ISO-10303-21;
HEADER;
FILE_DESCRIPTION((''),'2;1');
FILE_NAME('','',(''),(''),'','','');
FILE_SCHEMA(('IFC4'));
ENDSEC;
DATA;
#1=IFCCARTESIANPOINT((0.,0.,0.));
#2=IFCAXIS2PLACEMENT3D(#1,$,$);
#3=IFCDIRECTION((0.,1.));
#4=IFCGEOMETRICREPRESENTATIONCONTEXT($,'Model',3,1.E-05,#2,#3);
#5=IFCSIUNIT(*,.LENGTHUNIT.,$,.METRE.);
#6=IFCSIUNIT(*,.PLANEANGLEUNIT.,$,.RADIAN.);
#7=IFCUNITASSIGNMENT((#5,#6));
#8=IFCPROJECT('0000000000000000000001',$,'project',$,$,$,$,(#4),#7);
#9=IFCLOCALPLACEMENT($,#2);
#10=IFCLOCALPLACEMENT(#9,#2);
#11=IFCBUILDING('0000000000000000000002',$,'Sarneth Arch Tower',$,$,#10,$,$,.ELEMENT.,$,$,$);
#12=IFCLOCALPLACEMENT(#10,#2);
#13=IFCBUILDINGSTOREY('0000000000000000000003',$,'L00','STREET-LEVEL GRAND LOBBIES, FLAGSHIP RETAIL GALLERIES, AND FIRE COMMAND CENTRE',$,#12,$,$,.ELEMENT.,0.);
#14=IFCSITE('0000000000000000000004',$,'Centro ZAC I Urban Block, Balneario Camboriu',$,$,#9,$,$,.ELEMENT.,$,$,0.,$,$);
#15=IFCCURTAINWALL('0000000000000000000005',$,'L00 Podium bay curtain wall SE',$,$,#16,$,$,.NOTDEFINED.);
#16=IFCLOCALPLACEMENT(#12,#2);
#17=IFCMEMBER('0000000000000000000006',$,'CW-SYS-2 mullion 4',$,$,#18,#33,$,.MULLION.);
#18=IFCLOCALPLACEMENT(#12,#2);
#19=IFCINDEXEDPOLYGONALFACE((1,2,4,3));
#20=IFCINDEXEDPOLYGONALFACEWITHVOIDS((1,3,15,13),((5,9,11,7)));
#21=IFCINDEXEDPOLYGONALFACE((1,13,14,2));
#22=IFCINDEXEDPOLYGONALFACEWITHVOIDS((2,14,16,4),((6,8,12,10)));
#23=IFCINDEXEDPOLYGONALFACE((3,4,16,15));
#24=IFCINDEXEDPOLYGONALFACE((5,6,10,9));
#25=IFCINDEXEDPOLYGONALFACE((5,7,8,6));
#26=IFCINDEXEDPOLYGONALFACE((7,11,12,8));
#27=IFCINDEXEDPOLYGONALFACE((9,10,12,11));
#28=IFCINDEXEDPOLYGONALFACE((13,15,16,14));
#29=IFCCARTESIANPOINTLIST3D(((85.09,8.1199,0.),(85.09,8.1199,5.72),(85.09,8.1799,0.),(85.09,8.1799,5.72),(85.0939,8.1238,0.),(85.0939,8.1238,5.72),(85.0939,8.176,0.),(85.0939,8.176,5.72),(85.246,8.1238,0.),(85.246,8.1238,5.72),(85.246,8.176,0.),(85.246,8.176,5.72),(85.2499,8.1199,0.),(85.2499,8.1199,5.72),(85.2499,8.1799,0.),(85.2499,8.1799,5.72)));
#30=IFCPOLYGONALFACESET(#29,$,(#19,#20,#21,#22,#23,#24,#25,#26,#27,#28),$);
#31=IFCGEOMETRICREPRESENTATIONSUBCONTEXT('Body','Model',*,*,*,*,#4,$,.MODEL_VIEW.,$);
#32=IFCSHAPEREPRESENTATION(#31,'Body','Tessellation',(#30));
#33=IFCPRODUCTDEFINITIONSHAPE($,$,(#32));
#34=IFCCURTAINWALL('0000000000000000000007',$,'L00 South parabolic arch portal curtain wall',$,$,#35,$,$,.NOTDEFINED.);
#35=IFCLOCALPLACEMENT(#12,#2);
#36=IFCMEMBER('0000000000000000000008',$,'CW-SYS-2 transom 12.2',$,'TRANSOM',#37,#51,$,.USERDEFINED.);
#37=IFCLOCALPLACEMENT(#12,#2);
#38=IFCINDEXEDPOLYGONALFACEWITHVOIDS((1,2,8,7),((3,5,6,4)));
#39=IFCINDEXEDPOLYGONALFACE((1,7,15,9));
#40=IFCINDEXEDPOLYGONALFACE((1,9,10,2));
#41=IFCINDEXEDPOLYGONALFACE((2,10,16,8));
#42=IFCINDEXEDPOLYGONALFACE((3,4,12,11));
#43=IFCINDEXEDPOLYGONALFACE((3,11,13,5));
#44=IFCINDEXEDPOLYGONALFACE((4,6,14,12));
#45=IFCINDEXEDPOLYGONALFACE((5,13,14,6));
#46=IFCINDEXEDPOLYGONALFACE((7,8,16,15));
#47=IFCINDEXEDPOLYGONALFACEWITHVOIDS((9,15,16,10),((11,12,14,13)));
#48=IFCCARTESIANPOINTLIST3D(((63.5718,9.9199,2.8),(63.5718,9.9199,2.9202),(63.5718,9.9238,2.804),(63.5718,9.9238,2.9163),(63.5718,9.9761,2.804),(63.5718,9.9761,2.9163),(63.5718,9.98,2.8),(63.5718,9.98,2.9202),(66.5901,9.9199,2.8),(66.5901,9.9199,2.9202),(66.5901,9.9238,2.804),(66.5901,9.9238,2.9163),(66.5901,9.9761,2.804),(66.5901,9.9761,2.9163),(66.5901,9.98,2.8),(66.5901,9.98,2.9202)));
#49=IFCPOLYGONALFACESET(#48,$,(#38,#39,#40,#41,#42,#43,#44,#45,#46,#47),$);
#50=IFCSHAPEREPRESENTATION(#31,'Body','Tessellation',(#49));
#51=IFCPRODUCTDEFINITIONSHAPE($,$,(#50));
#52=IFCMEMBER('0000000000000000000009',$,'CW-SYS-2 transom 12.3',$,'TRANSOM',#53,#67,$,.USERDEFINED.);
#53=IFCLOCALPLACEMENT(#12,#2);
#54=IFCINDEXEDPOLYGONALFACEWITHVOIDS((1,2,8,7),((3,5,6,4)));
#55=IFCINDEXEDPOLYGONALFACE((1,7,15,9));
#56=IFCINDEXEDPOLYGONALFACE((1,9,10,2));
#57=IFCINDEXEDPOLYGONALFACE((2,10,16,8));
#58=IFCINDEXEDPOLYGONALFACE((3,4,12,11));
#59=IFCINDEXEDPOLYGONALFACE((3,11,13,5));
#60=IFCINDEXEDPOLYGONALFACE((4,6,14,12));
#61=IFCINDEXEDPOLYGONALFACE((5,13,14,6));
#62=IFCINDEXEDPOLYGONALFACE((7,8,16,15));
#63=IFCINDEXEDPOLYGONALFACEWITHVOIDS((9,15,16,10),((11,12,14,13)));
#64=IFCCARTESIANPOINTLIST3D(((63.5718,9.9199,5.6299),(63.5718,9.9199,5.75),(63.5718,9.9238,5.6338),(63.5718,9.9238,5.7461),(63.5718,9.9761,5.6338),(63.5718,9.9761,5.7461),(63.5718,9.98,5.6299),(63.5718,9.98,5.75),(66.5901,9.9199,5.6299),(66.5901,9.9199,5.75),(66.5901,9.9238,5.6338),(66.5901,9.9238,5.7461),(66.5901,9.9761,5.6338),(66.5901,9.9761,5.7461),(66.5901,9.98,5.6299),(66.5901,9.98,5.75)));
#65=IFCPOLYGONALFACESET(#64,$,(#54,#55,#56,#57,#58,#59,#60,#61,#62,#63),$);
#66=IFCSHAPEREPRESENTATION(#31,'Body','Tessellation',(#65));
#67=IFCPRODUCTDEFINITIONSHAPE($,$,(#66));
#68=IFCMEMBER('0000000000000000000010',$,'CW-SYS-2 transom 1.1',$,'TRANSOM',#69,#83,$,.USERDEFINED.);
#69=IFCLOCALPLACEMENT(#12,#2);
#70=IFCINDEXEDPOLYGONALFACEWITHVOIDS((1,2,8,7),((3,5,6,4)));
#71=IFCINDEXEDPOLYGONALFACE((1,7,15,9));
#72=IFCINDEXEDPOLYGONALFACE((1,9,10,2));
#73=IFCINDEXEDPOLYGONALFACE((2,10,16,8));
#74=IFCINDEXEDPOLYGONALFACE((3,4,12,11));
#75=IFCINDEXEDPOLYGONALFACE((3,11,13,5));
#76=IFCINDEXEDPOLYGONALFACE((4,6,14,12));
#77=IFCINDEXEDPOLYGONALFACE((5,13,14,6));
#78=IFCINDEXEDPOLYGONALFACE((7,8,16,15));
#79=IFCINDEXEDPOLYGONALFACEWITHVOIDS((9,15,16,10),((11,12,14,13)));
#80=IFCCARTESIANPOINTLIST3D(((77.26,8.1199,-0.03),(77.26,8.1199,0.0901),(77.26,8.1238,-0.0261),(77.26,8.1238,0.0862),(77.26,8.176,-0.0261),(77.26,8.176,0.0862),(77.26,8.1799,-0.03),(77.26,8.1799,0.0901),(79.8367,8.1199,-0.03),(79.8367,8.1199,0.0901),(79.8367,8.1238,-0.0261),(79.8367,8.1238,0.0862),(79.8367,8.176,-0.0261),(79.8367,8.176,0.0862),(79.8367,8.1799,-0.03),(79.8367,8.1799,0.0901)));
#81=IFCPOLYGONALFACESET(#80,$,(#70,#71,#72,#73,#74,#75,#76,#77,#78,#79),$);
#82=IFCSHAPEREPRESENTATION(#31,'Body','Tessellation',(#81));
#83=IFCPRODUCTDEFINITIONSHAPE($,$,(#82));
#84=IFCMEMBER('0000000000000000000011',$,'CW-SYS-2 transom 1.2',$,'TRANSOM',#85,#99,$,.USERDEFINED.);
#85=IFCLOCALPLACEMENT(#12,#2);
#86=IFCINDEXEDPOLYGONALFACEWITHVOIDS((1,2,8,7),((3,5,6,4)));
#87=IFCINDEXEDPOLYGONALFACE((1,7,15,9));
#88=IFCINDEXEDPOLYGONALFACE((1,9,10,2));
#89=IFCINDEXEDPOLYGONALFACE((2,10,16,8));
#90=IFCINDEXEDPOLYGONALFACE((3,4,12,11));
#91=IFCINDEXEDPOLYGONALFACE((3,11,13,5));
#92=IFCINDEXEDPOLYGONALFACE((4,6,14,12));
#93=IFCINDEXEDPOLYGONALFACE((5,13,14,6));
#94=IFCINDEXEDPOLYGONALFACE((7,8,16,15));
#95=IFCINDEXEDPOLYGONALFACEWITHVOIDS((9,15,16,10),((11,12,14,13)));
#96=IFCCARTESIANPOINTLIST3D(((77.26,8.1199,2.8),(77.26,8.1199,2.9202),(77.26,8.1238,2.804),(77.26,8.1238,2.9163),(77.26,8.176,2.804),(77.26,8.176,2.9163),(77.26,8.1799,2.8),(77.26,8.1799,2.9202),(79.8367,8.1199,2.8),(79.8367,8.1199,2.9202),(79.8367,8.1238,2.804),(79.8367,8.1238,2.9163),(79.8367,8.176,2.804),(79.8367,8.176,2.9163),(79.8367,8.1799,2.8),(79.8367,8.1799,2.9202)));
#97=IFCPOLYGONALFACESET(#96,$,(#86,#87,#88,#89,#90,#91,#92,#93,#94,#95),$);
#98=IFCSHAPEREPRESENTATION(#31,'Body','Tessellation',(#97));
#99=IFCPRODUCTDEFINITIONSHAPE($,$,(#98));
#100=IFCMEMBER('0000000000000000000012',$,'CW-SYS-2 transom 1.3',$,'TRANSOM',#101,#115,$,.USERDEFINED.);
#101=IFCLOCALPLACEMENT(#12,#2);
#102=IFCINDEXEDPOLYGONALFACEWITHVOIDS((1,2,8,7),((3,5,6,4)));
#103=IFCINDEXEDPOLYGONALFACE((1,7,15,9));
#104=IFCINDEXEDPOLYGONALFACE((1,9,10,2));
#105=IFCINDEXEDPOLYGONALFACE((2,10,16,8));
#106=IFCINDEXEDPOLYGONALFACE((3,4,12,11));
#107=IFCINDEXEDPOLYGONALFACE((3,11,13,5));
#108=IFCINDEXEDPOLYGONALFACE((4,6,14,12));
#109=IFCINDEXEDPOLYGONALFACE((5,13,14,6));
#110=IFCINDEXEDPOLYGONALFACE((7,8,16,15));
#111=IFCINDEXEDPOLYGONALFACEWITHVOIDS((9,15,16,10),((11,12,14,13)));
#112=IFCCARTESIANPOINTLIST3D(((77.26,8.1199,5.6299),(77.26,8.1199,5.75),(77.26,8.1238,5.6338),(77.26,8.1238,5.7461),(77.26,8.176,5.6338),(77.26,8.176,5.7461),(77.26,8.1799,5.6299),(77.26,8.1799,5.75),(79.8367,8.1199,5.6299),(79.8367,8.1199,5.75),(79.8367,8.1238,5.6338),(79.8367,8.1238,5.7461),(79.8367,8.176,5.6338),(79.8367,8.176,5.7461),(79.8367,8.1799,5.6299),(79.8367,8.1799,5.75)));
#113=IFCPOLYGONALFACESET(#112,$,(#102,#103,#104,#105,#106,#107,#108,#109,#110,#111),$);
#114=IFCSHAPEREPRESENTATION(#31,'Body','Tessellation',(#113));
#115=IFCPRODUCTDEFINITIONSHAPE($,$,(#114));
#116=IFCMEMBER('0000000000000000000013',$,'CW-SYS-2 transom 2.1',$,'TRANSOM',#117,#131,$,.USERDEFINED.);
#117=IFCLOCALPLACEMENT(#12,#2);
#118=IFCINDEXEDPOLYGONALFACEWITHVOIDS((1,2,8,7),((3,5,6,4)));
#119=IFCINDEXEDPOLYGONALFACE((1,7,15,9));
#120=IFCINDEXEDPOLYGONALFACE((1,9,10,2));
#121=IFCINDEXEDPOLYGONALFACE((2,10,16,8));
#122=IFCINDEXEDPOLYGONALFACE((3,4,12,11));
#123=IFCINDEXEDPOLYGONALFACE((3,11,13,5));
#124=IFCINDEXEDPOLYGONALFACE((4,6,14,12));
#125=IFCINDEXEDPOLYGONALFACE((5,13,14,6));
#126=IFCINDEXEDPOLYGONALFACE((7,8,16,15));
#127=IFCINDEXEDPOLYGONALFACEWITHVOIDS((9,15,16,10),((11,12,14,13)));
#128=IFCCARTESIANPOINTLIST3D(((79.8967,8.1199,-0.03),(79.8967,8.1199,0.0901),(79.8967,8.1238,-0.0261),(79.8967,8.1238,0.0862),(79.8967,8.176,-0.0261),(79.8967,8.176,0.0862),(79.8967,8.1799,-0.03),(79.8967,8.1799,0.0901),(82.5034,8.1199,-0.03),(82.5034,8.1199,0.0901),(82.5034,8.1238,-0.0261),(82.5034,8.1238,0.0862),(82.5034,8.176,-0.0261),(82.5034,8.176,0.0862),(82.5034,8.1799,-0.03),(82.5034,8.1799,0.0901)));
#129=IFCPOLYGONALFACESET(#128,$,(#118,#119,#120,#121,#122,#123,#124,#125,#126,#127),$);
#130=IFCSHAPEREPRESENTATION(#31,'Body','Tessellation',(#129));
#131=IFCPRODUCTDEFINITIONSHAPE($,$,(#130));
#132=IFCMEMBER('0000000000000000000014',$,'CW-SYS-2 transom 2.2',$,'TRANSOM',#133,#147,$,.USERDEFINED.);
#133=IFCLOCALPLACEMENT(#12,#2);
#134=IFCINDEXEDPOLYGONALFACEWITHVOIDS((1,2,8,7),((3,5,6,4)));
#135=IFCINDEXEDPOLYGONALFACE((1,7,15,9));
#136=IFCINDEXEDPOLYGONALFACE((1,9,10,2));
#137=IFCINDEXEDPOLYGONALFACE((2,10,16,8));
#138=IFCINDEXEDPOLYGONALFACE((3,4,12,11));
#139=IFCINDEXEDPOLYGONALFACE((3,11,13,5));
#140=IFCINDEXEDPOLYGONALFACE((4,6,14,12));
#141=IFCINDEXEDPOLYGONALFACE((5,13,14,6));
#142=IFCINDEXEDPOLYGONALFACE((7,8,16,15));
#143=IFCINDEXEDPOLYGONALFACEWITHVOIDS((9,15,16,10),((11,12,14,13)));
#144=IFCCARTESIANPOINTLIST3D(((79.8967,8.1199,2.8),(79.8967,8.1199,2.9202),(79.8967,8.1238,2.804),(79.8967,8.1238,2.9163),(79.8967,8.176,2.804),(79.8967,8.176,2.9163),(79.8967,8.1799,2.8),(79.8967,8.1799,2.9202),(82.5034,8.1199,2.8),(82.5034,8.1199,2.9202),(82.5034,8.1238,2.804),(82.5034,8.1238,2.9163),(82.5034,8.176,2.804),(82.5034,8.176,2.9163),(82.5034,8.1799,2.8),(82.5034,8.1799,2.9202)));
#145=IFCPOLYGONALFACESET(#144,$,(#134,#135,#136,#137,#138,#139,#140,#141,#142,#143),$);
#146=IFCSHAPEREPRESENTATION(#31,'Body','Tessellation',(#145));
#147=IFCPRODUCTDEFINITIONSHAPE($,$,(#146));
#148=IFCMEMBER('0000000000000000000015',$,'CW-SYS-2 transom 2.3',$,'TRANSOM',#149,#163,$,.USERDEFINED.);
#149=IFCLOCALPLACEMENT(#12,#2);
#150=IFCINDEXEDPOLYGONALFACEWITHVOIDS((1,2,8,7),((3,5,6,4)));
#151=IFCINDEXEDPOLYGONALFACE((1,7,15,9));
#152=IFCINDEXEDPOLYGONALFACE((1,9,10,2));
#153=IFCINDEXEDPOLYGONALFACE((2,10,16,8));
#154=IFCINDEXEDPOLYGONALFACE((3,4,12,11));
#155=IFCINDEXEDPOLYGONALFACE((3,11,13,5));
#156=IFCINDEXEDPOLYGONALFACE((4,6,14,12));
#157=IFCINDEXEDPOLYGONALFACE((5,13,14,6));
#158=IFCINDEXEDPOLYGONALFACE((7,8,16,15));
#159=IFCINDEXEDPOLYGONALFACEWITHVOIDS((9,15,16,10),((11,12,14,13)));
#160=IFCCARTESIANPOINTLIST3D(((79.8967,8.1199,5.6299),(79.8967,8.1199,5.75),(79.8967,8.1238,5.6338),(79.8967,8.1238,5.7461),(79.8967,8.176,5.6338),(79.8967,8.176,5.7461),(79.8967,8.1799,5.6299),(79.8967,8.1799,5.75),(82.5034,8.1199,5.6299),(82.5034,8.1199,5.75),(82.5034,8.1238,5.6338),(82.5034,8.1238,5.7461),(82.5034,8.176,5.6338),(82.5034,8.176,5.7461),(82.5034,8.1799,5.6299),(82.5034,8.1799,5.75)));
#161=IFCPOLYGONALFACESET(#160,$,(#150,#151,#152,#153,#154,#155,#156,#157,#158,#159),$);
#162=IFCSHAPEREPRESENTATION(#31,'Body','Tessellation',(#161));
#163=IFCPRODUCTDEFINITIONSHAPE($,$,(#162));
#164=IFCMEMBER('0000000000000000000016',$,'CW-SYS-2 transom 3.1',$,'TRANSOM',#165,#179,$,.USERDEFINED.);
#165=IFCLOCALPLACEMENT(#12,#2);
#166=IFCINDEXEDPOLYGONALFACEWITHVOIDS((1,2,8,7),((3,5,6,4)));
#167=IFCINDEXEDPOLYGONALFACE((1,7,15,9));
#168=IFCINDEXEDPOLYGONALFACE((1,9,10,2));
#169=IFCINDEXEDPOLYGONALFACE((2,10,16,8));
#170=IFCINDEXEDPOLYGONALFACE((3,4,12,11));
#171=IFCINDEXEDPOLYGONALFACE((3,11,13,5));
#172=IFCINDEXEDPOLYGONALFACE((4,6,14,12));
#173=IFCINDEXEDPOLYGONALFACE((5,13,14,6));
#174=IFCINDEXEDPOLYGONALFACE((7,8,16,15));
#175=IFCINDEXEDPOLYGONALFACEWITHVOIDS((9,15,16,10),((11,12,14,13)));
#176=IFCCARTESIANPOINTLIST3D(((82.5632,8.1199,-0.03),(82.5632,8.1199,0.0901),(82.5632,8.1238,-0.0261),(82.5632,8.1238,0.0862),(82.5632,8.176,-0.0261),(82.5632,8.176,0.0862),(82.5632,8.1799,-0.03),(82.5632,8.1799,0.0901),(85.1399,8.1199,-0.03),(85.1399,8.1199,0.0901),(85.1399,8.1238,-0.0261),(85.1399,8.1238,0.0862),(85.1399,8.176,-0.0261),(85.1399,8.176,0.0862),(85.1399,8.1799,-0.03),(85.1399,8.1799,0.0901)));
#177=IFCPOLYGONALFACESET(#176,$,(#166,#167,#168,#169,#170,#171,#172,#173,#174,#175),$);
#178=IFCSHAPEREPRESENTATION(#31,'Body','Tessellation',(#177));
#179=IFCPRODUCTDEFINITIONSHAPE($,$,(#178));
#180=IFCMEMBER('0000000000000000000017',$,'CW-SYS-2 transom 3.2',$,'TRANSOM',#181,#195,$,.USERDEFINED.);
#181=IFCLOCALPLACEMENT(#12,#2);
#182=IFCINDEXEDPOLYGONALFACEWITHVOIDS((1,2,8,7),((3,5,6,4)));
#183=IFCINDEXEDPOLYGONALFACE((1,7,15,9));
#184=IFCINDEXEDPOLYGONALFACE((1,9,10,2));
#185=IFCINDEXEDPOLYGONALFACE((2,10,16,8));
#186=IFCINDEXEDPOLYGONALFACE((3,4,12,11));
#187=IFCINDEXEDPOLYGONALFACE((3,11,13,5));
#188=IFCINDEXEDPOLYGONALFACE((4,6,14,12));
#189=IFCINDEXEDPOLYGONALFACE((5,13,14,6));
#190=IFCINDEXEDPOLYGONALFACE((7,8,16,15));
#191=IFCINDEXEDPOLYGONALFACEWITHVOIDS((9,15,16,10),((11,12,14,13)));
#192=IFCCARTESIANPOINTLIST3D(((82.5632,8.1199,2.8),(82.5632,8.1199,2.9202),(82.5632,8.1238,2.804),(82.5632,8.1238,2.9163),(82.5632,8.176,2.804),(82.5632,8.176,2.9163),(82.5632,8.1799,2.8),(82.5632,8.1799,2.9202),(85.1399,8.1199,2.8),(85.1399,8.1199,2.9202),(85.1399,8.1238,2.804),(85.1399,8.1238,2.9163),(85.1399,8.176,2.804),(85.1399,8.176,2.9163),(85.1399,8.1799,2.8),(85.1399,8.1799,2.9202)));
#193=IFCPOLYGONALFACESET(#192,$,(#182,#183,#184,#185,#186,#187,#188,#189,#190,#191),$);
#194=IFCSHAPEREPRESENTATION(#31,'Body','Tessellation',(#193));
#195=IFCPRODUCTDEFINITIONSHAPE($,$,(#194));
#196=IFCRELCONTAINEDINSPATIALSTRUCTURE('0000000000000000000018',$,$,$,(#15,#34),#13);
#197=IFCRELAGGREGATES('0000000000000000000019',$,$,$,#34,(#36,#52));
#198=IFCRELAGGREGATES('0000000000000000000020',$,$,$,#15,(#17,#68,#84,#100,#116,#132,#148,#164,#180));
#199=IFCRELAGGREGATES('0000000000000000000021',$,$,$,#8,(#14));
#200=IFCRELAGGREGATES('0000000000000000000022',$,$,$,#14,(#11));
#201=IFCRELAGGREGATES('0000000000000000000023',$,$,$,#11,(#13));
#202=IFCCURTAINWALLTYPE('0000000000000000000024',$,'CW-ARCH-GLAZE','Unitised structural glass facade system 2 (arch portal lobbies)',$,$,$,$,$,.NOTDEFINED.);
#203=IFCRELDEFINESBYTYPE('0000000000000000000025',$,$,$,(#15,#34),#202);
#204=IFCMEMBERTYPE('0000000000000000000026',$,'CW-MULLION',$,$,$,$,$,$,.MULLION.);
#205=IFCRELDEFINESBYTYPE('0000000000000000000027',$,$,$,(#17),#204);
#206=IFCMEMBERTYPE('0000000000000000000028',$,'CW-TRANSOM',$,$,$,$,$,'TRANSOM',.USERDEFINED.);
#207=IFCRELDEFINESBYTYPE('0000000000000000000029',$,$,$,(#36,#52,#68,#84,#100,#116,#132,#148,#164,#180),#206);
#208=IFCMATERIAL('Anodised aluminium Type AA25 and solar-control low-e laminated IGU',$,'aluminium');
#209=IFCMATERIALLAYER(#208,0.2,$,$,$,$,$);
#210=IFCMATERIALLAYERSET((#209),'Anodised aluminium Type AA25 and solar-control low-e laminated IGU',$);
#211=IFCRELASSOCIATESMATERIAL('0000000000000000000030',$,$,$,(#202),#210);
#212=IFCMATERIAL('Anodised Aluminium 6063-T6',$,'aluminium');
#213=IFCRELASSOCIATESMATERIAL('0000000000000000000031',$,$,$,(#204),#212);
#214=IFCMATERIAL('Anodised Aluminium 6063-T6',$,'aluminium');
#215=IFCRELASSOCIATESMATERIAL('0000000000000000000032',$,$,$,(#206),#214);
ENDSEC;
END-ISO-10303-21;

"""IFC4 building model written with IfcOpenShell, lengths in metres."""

from ifc_helpers import new_model, si_unit, direction, frame, origin, origin_2d, place, context, subcontext, project, spatial, hollow_rectangle, extrude, material, layer, layer_set, material_profile, profile_set, type_object, element, aggregate, save


model = new_model("IFC4")

# Units and contexts
model_context = context("Model", 3, precision=1e-05, world=origin(), true_north=direction((0.0, 1.0)))
body_context = subcontext(model_context, "Body", "Model", "MODEL_VIEW")
ifc_project = project(units=[si_unit("LENGTHUNIT", "METRE"), si_unit("PLANEANGLEUNIT", "RADIAN")], contexts=[model_context])

# Site, building, storey
site_placement = place(None, origin())
site = spatial("IfcSite", under=ifc_project, at=site_placement, Name="Centro ZAC I Urban Block, Balneario Camboriu", CompositionType="ELEMENT", RefElevation=0.0)
building_placement = place(site_placement, origin())
building = spatial("IfcBuilding", under=site, at=building_placement, Name="Sarneth Arch Tower", CompositionType="ELEMENT")
storey_placement = place(building_placement, origin())
storey = spatial("IfcBuildingStorey", under=building, at=storey_placement, Name="L00", Description="STREET-LEVEL GRAND LOBBIES, FLAGSHIP RETAIL GALLERIES, AND FIRE COMMAND CENTRE", CompositionType="ELEMENT", Elevation=0.0)

# Curtain walls, members
ifc_material_1 = material(Name="Anodised aluminium Type AA25 and solar-control low-e laminated IGU", Category="aluminium")
ifc_layer_1 = layer(ifc_material_1, 0.2)
ifc_layer_set_1 = layer_set([ifc_layer_1], Name="Anodised aluminium Type AA25 and solar-control low-e laminated IGU")
curtain_wall_type = type_object("IfcCurtainWallType", Name="CW-ARCH-GLAZE", Description="Unitised structural glass facade system 2 (arch portal lobbies)", PredefinedType="NOTDEFINED", material=ifc_layer_set_1)
curtain_wall_1_placement = place(storey_placement, origin())
curtain_wall_1 = element("IfcCurtainWall", 1, at=curtain_wall_1_placement, inside=storey, type_object=curtain_wall_type, Name="L00 Podium bay curtain wall SE", PredefinedType="NOTDEFINED")
ifc_material_2 = material(Name="Anodised Aluminium 6063-T6", Category="aluminium")
ifc_material_profile_1 = material_profile(ifc_material_2, hollow_rectangle(XDim=0.0601, YDim=0.1599, WallThickness=0.0039, at=origin_2d()), Name="AL-MULL-160x60x4")
ifc_profile_set_1 = profile_set([ifc_material_profile_1], Name="Anodised Aluminium 6063-T6")
member_type_1 = type_object("IfcMemberType", Name="CW-MULLION", PredefinedType="MULLION", material=ifc_profile_set_1)
member_1_placement = place(storey_placement, frame((85.1699, 8.1499, 0.0), z_axis=(0.0, 0.0, 1.0), x_axis=(0.0, 1.0, 0.0)))
member_1 = element("IfcMember", 2, at=member_1_placement, type_object=member_type_1, Name="CW-SYS-2 mullion 4", PredefinedType="MULLION", context=body_context, shape_type="SweptSolid", body=[
    extrude(hollow_rectangle(XDim=0.0601, YDim=0.1599, WallThickness=0.0039, at=origin_2d()), origin(), (0.0, 0.0, 1.0), 5.72),
])
curtain_wall_2_placement = place(storey_placement, origin())
curtain_wall_2 = element("IfcCurtainWall", 3, at=curtain_wall_2_placement, inside=storey, type_object=curtain_wall_type, Name="L00 South parabolic arch portal curtain wall", PredefinedType="NOTDEFINED")
ifc_material_3 = material(Name="Anodised Aluminium 6063-T6", Category="aluminium")
ifc_material_profile_2 = material_profile(ifc_material_3, hollow_rectangle(XDim=0.0601, YDim=0.1201, WallThickness=0.0039, at=origin_2d()), Name="AL-TRAN-120x60x4")
ifc_profile_set_2 = profile_set([ifc_material_profile_2], Name="Anodised Aluminium 6063-T6")
member_type_2 = type_object("IfcMemberType", Name="CW-TRANSOM", ElementType="TRANSOM", PredefinedType="USERDEFINED", material=ifc_profile_set_2)
member_2_placement = place(storey_placement, frame((63.5718, 9.95, 2.8601), z_axis=(1.0, 0.0, 0.0), x_axis=(0.0, 1.0, 0.0)))
member_2 = element("IfcMember", 4, at=member_2_placement, type_object=member_type_2, Name="CW-SYS-2 transom 12.2", ObjectType="TRANSOM", PredefinedType="USERDEFINED", context=body_context, shape_type="SweptSolid", body=[
    extrude(hollow_rectangle(XDim=0.0601, YDim=0.1201, WallThickness=0.0039, at=origin_2d()), origin(), (0.0, 0.0, 1.0), 3.0183),
])
member_3_placement = place(storey_placement, frame((63.5718, 9.95, 5.6899), z_axis=(1.0, 0.0, 0.0), x_axis=(0.0, 1.0, 0.0)))
member_3 = element("IfcMember", 5, at=member_3_placement, type_object=member_type_2, Name="CW-SYS-2 transom 12.3", ObjectType="TRANSOM", PredefinedType="USERDEFINED", context=body_context, shape_type="SweptSolid", body=[
    extrude(hollow_rectangle(XDim=0.0601, YDim=0.1201, WallThickness=0.0039, at=origin_2d()), origin(), (0.0, 0.0, 1.0), 3.0183),
])

# Members
member_4_placement = place(storey_placement, frame((77.26, 8.1499, 0.03), z_axis=(1.0, 0.0, 0.0), x_axis=(0.0, 1.0, 0.0)))
member_4 = element("IfcMember", 6, at=member_4_placement, type_object=member_type_2, Name="CW-SYS-2 transom 1.1", ObjectType="TRANSOM", PredefinedType="USERDEFINED", context=body_context, shape_type="SweptSolid", body=[
    extrude(hollow_rectangle(XDim=0.0601, YDim=0.1201, WallThickness=0.0039, at=origin_2d()), origin(), (0.0, 0.0, 1.0), 2.5767),
])
member_5_placement = place(storey_placement, frame((77.26, 8.1499, 2.8601), z_axis=(1.0, 0.0, 0.0), x_axis=(0.0, 1.0, 0.0)))
member_5 = element("IfcMember", 7, at=member_5_placement, type_object=member_type_2, Name="CW-SYS-2 transom 1.2", ObjectType="TRANSOM", PredefinedType="USERDEFINED", context=body_context, shape_type="SweptSolid", body=[
    extrude(hollow_rectangle(XDim=0.0601, YDim=0.1201, WallThickness=0.0039, at=origin_2d()), origin(), (0.0, 0.0, 1.0), 2.5767),
])
member_6_placement = place(storey_placement, frame((77.26, 8.1499, 5.6899), z_axis=(1.0, 0.0, 0.0), x_axis=(0.0, 1.0, 0.0)))
member_6 = element("IfcMember", 8, at=member_6_placement, type_object=member_type_2, Name="CW-SYS-2 transom 1.3", ObjectType="TRANSOM", PredefinedType="USERDEFINED", context=body_context, shape_type="SweptSolid", body=[
    extrude(hollow_rectangle(XDim=0.0601, YDim=0.1201, WallThickness=0.0039, at=origin_2d()), origin(), (0.0, 0.0, 1.0), 2.5767),
])
member_7_placement = place(storey_placement, frame((79.8967, 8.1499, 0.03), z_axis=(1.0, 0.0, 0.0), x_axis=(0.0, 1.0, 0.0)))
member_7 = element("IfcMember", 9, at=member_7_placement, type_object=member_type_2, Name="CW-SYS-2 transom 2.1", ObjectType="TRANSOM", PredefinedType="USERDEFINED", context=body_context, shape_type="SweptSolid", body=[
    extrude(hollow_rectangle(XDim=0.0601, YDim=0.1201, WallThickness=0.0039, at=origin_2d()), origin(), (0.0, 0.0, 1.0), 2.6067),
])
member_8_placement = place(storey_placement, frame((79.8967, 8.1499, 2.8601), z_axis=(1.0, 0.0, 0.0), x_axis=(0.0, 1.0, 0.0)))
member_8 = element("IfcMember", 10, at=member_8_placement, type_object=member_type_2, Name="CW-SYS-2 transom 2.2", ObjectType="TRANSOM", PredefinedType="USERDEFINED", context=body_context, shape_type="SweptSolid", body=[
    extrude(hollow_rectangle(XDim=0.0601, YDim=0.1201, WallThickness=0.0039, at=origin_2d()), origin(), (0.0, 0.0, 1.0), 2.6067),
])
member_9_placement = place(storey_placement, frame((79.8967, 8.1499, 5.6899), z_axis=(1.0, 0.0, 0.0), x_axis=(0.0, 1.0, 0.0)))
member_9 = element("IfcMember", 11, at=member_9_placement, type_object=member_type_2, Name="CW-SYS-2 transom 2.3", ObjectType="TRANSOM", PredefinedType="USERDEFINED", context=body_context, shape_type="SweptSolid", body=[
    extrude(hollow_rectangle(XDim=0.0601, YDim=0.1201, WallThickness=0.0039, at=origin_2d()), origin(), (0.0, 0.0, 1.0), 2.6067),
])
member_10_placement = place(storey_placement, frame((82.5632, 8.1499, 0.03), z_axis=(1.0, 0.0, 0.0), x_axis=(0.0, 1.0, 0.0)))
member_10 = element("IfcMember", 12, at=member_10_placement, type_object=member_type_2, Name="CW-SYS-2 transom 3.1", ObjectType="TRANSOM", PredefinedType="USERDEFINED", context=body_context, shape_type="SweptSolid", body=[
    extrude(hollow_rectangle(XDim=0.0601, YDim=0.1201, WallThickness=0.0039, at=origin_2d()), origin(), (0.0, 0.0, 1.0), 2.5767),
])
member_11_placement = place(storey_placement, frame((82.5632, 8.1499, 2.8601), z_axis=(1.0, 0.0, 0.0), x_axis=(0.0, 1.0, 0.0)))
member_11 = element("IfcMember", 13, at=member_11_placement, type_object=member_type_2, Name="CW-SYS-2 transom 3.2", ObjectType="TRANSOM", PredefinedType="USERDEFINED", context=body_context, shape_type="SweptSolid", body=[
    extrude(hollow_rectangle(XDim=0.0601, YDim=0.1201, WallThickness=0.0039, at=origin_2d()), origin(), (0.0, 0.0, 1.0), 2.5767),
])

aggregate(curtain_wall_2, [member_2, member_3])
aggregate(curtain_wall_1, [member_1, member_4, member_5, member_6, member_7, member_8, member_9, member_10, member_11])

save(model, "model.ifc")
